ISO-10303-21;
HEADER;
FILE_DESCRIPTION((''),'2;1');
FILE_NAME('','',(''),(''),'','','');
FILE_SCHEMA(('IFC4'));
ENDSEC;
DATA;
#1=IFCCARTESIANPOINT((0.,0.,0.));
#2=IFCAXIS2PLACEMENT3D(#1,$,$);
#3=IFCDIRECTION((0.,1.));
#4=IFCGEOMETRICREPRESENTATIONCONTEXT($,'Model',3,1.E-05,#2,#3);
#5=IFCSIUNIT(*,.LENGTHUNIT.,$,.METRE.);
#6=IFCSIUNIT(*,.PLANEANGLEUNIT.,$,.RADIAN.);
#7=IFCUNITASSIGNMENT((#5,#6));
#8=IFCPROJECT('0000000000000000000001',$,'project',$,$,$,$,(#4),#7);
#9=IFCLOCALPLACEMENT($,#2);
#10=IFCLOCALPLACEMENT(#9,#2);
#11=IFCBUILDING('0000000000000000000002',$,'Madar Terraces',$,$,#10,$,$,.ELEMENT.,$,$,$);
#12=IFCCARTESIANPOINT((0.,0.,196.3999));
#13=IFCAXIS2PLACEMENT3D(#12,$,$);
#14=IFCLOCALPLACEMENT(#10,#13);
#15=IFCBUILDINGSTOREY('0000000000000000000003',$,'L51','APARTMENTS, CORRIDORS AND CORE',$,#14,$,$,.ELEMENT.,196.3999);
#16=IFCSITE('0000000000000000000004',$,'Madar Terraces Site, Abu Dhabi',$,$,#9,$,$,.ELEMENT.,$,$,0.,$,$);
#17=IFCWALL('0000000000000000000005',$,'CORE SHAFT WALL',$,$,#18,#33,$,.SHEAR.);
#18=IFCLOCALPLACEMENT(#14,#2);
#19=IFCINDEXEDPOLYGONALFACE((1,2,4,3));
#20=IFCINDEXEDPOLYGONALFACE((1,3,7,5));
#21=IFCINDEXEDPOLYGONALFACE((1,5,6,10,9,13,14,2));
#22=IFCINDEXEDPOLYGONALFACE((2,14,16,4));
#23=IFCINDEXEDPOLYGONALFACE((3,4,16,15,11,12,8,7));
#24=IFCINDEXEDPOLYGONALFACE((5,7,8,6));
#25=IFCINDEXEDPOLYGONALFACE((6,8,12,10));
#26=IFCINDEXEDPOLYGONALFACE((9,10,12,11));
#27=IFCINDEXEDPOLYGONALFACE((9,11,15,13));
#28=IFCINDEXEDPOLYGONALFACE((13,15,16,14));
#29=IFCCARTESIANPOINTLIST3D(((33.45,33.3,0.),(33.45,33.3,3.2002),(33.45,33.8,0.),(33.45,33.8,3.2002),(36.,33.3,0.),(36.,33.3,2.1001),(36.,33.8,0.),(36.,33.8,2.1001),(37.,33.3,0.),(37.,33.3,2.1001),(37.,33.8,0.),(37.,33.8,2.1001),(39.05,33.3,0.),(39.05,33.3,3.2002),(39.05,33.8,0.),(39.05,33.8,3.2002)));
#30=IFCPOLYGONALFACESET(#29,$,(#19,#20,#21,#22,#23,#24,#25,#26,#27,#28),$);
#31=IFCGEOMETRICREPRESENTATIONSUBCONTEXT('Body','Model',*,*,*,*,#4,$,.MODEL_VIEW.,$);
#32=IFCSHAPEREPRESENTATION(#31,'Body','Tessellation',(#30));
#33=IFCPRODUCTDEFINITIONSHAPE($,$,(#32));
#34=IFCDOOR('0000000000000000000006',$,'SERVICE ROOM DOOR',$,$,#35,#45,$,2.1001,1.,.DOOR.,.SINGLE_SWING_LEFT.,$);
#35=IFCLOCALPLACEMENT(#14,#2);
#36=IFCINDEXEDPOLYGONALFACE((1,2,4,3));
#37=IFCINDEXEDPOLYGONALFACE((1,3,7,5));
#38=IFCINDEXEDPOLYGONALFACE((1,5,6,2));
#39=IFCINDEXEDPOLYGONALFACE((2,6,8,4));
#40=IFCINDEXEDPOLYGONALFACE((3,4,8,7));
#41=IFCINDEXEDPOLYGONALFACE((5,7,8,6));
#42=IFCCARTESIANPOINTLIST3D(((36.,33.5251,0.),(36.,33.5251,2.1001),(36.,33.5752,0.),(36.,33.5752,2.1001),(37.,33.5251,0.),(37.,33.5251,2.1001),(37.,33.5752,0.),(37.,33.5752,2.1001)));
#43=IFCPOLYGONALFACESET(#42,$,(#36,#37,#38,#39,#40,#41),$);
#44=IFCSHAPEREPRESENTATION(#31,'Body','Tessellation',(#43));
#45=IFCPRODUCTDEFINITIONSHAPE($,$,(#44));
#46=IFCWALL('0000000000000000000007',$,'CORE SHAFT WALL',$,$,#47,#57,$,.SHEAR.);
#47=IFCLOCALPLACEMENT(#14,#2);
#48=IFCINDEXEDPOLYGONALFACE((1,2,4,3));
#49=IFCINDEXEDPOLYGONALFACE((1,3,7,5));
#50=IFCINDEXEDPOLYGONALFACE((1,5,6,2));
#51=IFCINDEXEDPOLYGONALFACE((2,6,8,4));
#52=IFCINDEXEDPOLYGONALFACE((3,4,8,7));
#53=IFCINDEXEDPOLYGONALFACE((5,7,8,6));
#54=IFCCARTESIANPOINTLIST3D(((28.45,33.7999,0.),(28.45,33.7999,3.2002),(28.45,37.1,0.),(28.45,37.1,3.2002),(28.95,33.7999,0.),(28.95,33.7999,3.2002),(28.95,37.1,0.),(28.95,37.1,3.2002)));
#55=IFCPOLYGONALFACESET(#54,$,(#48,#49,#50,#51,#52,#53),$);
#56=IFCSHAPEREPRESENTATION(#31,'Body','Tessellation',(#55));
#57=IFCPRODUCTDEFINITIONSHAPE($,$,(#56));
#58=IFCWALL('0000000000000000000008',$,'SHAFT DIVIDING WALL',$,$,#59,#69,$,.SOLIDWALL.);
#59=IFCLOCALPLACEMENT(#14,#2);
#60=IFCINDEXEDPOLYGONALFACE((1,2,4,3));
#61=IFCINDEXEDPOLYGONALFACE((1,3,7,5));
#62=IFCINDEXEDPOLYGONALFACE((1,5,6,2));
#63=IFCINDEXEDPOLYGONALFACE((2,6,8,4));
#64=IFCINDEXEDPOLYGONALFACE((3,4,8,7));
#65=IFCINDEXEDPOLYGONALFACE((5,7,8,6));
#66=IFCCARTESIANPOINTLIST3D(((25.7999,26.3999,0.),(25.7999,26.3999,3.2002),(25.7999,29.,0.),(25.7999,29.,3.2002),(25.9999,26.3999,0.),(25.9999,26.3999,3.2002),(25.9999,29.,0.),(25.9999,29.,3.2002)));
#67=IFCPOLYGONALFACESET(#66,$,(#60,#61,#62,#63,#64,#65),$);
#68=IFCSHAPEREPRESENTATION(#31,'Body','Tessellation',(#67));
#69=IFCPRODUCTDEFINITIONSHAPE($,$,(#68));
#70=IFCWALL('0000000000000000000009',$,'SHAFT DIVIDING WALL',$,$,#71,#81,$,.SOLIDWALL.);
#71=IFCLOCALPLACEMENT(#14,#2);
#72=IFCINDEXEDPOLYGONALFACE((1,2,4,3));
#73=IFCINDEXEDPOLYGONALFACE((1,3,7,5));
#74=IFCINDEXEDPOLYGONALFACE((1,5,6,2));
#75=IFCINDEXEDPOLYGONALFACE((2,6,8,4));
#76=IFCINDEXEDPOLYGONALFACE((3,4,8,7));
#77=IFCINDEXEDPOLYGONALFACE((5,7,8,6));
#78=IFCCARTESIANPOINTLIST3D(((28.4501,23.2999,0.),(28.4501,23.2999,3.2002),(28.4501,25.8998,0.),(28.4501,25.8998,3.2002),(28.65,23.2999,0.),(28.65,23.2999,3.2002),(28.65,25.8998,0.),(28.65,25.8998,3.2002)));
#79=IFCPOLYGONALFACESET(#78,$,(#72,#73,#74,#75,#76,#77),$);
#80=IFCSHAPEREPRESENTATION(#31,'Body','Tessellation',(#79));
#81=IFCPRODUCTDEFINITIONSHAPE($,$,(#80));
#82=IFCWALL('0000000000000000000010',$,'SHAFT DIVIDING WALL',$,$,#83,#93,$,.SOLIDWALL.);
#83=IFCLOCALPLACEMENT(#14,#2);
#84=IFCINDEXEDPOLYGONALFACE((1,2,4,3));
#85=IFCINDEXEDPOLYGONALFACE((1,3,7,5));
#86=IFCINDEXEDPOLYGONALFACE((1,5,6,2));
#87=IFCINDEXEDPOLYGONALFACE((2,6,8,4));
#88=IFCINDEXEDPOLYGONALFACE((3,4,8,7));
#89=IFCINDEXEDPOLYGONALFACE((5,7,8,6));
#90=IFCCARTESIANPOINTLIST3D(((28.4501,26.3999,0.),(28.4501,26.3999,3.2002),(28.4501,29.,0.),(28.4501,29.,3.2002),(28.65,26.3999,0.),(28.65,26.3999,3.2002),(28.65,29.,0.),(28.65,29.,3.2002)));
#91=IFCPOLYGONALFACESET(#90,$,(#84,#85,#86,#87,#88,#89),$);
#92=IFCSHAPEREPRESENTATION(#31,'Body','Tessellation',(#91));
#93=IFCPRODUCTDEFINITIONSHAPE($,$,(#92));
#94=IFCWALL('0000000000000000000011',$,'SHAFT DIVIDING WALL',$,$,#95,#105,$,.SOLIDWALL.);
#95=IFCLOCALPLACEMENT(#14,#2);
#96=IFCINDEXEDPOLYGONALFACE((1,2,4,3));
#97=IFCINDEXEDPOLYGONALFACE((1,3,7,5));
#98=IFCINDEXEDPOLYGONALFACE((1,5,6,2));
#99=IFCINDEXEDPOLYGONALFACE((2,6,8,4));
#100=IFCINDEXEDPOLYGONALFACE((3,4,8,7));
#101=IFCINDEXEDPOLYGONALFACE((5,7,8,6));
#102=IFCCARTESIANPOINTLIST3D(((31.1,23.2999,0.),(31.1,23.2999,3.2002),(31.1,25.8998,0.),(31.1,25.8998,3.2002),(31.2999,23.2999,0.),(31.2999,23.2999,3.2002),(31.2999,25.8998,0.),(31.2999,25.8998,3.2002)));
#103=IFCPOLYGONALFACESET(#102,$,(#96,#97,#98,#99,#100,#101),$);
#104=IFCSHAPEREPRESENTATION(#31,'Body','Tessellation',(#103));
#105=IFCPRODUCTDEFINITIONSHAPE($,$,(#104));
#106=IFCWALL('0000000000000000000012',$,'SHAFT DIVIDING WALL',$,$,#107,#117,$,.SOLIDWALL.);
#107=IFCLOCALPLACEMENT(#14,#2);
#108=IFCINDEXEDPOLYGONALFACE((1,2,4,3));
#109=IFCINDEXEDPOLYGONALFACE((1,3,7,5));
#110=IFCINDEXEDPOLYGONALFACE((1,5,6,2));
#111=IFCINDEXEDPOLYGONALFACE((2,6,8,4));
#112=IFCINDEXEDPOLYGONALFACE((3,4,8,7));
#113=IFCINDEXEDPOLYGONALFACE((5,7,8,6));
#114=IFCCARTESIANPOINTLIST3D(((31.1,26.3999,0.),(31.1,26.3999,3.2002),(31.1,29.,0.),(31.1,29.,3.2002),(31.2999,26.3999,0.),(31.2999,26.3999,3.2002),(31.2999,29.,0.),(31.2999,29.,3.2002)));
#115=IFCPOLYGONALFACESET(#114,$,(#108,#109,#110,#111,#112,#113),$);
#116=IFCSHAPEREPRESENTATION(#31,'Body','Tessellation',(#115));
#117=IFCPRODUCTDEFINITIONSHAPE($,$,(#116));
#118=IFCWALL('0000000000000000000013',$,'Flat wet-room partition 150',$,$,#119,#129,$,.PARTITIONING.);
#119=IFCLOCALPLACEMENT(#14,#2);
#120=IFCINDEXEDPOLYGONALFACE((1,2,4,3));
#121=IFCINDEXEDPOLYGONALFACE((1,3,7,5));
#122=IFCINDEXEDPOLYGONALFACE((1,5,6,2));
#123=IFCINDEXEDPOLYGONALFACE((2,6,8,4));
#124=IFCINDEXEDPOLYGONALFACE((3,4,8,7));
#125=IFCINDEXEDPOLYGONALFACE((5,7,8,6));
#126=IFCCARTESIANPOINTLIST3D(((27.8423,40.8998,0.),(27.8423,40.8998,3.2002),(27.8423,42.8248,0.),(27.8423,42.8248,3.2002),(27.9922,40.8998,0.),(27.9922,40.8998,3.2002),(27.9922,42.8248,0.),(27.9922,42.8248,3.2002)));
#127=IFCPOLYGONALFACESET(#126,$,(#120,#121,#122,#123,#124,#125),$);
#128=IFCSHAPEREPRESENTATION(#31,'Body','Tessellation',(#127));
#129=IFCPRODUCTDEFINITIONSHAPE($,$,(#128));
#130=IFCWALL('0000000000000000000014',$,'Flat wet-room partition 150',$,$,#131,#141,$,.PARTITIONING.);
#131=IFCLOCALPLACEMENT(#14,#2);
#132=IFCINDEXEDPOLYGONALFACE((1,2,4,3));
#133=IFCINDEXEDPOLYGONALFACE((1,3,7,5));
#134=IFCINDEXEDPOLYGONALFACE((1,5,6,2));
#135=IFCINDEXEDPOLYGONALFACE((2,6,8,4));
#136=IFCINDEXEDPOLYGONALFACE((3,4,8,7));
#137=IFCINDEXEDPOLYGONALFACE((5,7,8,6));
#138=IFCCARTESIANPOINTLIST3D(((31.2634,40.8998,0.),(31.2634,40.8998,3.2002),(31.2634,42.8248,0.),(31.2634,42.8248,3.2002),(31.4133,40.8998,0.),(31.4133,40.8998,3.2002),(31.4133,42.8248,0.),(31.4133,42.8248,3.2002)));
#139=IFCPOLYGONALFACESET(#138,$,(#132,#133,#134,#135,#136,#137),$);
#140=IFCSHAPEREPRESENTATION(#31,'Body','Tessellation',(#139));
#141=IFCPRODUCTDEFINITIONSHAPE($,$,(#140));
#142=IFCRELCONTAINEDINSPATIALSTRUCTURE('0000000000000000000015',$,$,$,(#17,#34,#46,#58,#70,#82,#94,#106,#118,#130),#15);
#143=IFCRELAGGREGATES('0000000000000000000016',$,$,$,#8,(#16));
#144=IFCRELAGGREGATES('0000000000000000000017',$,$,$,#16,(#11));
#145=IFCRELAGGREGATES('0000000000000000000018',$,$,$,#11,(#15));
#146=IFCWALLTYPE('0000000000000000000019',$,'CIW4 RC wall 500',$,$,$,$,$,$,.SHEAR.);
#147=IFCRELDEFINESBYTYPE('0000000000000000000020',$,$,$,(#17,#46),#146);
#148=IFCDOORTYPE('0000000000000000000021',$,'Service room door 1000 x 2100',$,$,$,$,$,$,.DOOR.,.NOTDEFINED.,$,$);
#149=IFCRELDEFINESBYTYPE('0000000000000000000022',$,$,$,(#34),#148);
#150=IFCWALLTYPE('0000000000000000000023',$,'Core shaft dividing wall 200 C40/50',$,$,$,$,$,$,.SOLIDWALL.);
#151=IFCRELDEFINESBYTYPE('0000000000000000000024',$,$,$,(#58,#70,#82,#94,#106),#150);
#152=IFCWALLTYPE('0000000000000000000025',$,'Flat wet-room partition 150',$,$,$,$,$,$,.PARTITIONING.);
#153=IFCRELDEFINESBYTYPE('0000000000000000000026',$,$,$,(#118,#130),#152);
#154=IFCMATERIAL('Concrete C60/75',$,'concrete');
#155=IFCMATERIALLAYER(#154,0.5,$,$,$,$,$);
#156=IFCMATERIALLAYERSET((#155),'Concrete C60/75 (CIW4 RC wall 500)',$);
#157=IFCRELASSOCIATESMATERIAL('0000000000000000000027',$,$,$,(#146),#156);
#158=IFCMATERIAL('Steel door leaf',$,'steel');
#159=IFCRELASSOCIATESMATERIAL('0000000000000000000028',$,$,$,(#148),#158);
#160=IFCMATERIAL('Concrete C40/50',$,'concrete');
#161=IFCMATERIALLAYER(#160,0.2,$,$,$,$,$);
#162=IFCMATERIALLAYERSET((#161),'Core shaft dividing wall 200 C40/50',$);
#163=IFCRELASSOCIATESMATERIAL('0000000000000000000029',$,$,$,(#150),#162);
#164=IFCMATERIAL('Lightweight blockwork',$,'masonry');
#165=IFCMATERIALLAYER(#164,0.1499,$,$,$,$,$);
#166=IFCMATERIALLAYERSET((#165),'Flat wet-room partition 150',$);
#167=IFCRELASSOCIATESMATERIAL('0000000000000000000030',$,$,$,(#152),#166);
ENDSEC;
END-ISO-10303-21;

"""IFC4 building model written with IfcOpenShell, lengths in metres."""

from ifc_helpers import new_model, si_unit, direction, frame, frame_2d, origin, place, context, subcontext, project, spatial, rectangle, extrude, material, layer, layer_set, type_object, element, fill, save


model = new_model("IFC4")

# Units and contexts
model_context = context("Model", 3, precision=1e-05, world=origin(), true_north=direction((0.0, 1.0)))
body_context = subcontext(model_context, "Body", "Model", "MODEL_VIEW")
ifc_project = project(units=[si_unit("LENGTHUNIT", "METRE"), si_unit("PLANEANGLEUNIT", "RADIAN")], contexts=[model_context])

# Site, building, storey
site_placement = place(None, origin())
site = spatial("IfcSite", under=ifc_project, at=site_placement, Name="Madar Terraces Site, Abu Dhabi", CompositionType="ELEMENT", RefElevation=0.0)
building_placement = place(site_placement, origin())
building = spatial("IfcBuilding", under=site, at=building_placement, Name="Madar Terraces", CompositionType="ELEMENT")
storey_placement = place(building_placement, frame((0.0, 0.0, 196.3999)))
storey = spatial("IfcBuildingStorey", under=building, at=storey_placement, Name="L51", Description="APARTMENTS, CORRIDORS AND CORE", CompositionType="ELEMENT", Elevation=196.3999)

# Shared definitions
ifc_material_1 = material(Name="Concrete C60/75", Category="concrete")
ifc_layer_1 = layer(ifc_material_1, 0.5)
ifc_layer_set_1 = layer_set([ifc_layer_1], Name="Concrete C60/75 (CIW4 RC wall 500)")
wall_type_1 = type_object("IfcWallType", Name="CIW4 RC wall 500", PredefinedType="SHEAR", material=ifc_layer_set_1)

# Wall, opening, door
ifc_material_2 = material(Name="Steel door leaf", Category="steel")
door_type_1 = type_object("IfcDoorType", Name="Service room door 1000 x 2100", OperationType="NOTDEFINED", PredefinedType="DOOR", material=ifc_material_2)
wall_1_placement = place(storey_placement, frame((33.45, 33.55, 0.0), z_axis=(0.0, 0.0, 1.0), x_axis=(1.0, 0.0, 0.0)))
wall_1 = element("IfcWall", 1, at=wall_1_placement, inside=storey, type_object=wall_type_1, Name="CORE SHAFT WALL", PredefinedType="SHEAR", context=body_context, shape_type="SweptSolid", body=[
    extrude(rectangle(XDim=5.6001, YDim=0.5, at=frame_2d((2.8, 0.0))), origin(), (0.0, 0.0, 1.0), 3.2002),
])
opening_1_placement = place(wall_1_placement, frame((2.55, 0.0, 0.0)))
opening_1 = element("IfcOpeningElement", 2, at=opening_1_placement, cuts=wall_1, PredefinedType="OPENING", context=body_context, shape_type="SweptSolid", body=[
    extrude(rectangle(XDim=1.0, YDim=2.1001, at=frame_2d((0.5, 1.05))), frame((0.0, 0.26, 0.0), z_axis=(0.0, -1.0, 0.0), x_axis=(1.0, 0.0, 0.0)), (0.0, 0.0, 1.0), 0.52),
])
door_1_placement = place(opening_1_placement, frame((1.0, 0.0, 0.0), z_axis=(0.0, 0.0, 1.0), x_axis=(-1.0, 0.0, 0.0)))
door_1 = element("IfcDoor", 3, at=door_1_placement, inside=storey, type_object=door_type_1, Name="SERVICE ROOM DOOR", OperationType="SINGLE_SWING_LEFT", OverallHeight=2.1001, OverallWidth=1.0, PredefinedType="DOOR", context=body_context, shape_type="SweptSolid", body=[
    extrude(rectangle(XDim=1.0, YDim=2.1001, at=frame_2d((0.5, 1.05))), frame((0.0, 0.0249, 0.0), z_axis=(0.0, -1.0, 0.0), x_axis=(1.0, 0.0, 0.0)), (0.0, 0.0, 1.0), 0.05),
])
fill(opening_1, door_1)

# Walls
wall_2_placement = place(storey_placement, frame((28.7, 33.8, 0.0), z_axis=(0.0, 0.0, 1.0), x_axis=(0.0, 1.0, 0.0)))
element("IfcWall", 4, at=wall_2_placement, inside=storey, type_object=wall_type_1, Name="CORE SHAFT WALL", PredefinedType="SHEAR", context=body_context, shape_type="SweptSolid", body=[
    extrude(rectangle(XDim=3.3, YDim=0.5, at=frame_2d((1.6499, 0.0))), origin(), (0.0, 0.0, 1.0), 3.2002),
])
ifc_material_3 = material(Name="Concrete C40/50", Category="concrete")
ifc_layer_2 = layer(ifc_material_3, 0.2)
ifc_layer_set_2 = layer_set([ifc_layer_2], Name="Core shaft dividing wall 200 C40/50")
wall_type_2 = type_object("IfcWallType", Name="Core shaft dividing wall 200 C40/50", PredefinedType="SOLIDWALL", material=ifc_layer_set_2)
wall_3_placement = place(storey_placement, frame((25.8999, 26.3999, 0.0), z_axis=(0.0, 0.0, 1.0), x_axis=(0.0, 1.0, 0.0)))
element("IfcWall", 5, at=wall_3_placement, inside=storey, type_object=wall_type_2, Name="SHAFT DIVIDING WALL", PredefinedType="SOLIDWALL", context=body_context, shape_type="SweptSolid", body=[
    extrude(rectangle(XDim=2.6001, YDim=0.2, at=frame_2d((1.3, 0.0))), origin(), (0.0, 0.0, 1.0), 3.2002),
])
wall_4_placement = place(storey_placement, frame((28.55, 23.3, 0.0), z_axis=(0.0, 0.0, 1.0), x_axis=(0.0, 1.0, 0.0)))
element("IfcWall", 6, at=wall_4_placement, inside=storey, type_object=wall_type_2, Name="SHAFT DIVIDING WALL", PredefinedType="SOLIDWALL", context=body_context, shape_type="SweptSolid", body=[
    extrude(rectangle(XDim=2.5999, YDim=0.2, at=frame_2d((1.2998, 0.0))), origin(), (0.0, 0.0, 1.0), 3.2002),
])
wall_5_placement = place(storey_placement, frame((28.55, 26.3999, 0.0), z_axis=(0.0, 0.0, 1.0), x_axis=(0.0, 1.0, 0.0)))
element("IfcWall", 7, at=wall_5_placement, inside=storey, type_object=wall_type_2, Name="SHAFT DIVIDING WALL", PredefinedType="SOLIDWALL", context=body_context, shape_type="SweptSolid", body=[
    extrude(rectangle(XDim=2.6001, YDim=0.2, at=frame_2d((1.3, 0.0))), origin(), (0.0, 0.0, 1.0), 3.2002),
])
wall_6_placement = place(storey_placement, frame((31.2, 23.3, 0.0), z_axis=(0.0, 0.0, 1.0), x_axis=(0.0, 1.0, 0.0)))
element("IfcWall", 8, at=wall_6_placement, inside=storey, type_object=wall_type_2, Name="SHAFT DIVIDING WALL", PredefinedType="SOLIDWALL", context=body_context, shape_type="SweptSolid", body=[
    extrude(rectangle(XDim=2.5999, YDim=0.2, at=frame_2d((1.2998, 0.0))), origin(), (0.0, 0.0, 1.0), 3.2002),
])
wall_7_placement = place(storey_placement, frame((31.2, 26.3999, 0.0), z_axis=(0.0, 0.0, 1.0), x_axis=(0.0, 1.0, 0.0)))
element("IfcWall", 9, at=wall_7_placement, inside=storey, type_object=wall_type_2, Name="SHAFT DIVIDING WALL", PredefinedType="SOLIDWALL", context=body_context, shape_type="SweptSolid", body=[
    extrude(rectangle(XDim=2.6001, YDim=0.2, at=frame_2d((1.3, 0.0))), origin(), (0.0, 0.0, 1.0), 3.2002),
])
ifc_material_4 = material(Name="Lightweight blockwork", Category="masonry")
ifc_layer_3 = layer(ifc_material_4, 0.1499)
ifc_layer_set_3 = layer_set([ifc_layer_3], Name="Flat wet-room partition 150")
wall_type_3 = type_object("IfcWallType", Name="Flat wet-room partition 150", PredefinedType="PARTITIONING", material=ifc_layer_set_3)
for number, where, z_axis, x_axis, name in (
    (10, (27.9172, 40.8999, 0.0), (0.0, 0.0, 1.0), (0.0, 1.0, 0.0), "Flat wet-room partition 150"),
    (11, (31.3384, 40.8999, 0.0), (0.0, 0.0, 1.0), (0.0, 1.0, 0.0), "Flat wet-room partition 150"),
):
    element("IfcWall", number, at=place(storey_placement, frame(where, z_axis=z_axis, x_axis=x_axis)), inside=storey, type_object=wall_type_3, Name=name, PredefinedType="PARTITIONING", context=body_context, shape_type="SweptSolid", body=[
        extrude(rectangle(XDim=1.925, YDim=0.1499, at=frame_2d((0.9624, 0.0))), origin(), (0.0, 0.0, 1.0), 3.2002),
    ])

save(model, "model.ifc")
